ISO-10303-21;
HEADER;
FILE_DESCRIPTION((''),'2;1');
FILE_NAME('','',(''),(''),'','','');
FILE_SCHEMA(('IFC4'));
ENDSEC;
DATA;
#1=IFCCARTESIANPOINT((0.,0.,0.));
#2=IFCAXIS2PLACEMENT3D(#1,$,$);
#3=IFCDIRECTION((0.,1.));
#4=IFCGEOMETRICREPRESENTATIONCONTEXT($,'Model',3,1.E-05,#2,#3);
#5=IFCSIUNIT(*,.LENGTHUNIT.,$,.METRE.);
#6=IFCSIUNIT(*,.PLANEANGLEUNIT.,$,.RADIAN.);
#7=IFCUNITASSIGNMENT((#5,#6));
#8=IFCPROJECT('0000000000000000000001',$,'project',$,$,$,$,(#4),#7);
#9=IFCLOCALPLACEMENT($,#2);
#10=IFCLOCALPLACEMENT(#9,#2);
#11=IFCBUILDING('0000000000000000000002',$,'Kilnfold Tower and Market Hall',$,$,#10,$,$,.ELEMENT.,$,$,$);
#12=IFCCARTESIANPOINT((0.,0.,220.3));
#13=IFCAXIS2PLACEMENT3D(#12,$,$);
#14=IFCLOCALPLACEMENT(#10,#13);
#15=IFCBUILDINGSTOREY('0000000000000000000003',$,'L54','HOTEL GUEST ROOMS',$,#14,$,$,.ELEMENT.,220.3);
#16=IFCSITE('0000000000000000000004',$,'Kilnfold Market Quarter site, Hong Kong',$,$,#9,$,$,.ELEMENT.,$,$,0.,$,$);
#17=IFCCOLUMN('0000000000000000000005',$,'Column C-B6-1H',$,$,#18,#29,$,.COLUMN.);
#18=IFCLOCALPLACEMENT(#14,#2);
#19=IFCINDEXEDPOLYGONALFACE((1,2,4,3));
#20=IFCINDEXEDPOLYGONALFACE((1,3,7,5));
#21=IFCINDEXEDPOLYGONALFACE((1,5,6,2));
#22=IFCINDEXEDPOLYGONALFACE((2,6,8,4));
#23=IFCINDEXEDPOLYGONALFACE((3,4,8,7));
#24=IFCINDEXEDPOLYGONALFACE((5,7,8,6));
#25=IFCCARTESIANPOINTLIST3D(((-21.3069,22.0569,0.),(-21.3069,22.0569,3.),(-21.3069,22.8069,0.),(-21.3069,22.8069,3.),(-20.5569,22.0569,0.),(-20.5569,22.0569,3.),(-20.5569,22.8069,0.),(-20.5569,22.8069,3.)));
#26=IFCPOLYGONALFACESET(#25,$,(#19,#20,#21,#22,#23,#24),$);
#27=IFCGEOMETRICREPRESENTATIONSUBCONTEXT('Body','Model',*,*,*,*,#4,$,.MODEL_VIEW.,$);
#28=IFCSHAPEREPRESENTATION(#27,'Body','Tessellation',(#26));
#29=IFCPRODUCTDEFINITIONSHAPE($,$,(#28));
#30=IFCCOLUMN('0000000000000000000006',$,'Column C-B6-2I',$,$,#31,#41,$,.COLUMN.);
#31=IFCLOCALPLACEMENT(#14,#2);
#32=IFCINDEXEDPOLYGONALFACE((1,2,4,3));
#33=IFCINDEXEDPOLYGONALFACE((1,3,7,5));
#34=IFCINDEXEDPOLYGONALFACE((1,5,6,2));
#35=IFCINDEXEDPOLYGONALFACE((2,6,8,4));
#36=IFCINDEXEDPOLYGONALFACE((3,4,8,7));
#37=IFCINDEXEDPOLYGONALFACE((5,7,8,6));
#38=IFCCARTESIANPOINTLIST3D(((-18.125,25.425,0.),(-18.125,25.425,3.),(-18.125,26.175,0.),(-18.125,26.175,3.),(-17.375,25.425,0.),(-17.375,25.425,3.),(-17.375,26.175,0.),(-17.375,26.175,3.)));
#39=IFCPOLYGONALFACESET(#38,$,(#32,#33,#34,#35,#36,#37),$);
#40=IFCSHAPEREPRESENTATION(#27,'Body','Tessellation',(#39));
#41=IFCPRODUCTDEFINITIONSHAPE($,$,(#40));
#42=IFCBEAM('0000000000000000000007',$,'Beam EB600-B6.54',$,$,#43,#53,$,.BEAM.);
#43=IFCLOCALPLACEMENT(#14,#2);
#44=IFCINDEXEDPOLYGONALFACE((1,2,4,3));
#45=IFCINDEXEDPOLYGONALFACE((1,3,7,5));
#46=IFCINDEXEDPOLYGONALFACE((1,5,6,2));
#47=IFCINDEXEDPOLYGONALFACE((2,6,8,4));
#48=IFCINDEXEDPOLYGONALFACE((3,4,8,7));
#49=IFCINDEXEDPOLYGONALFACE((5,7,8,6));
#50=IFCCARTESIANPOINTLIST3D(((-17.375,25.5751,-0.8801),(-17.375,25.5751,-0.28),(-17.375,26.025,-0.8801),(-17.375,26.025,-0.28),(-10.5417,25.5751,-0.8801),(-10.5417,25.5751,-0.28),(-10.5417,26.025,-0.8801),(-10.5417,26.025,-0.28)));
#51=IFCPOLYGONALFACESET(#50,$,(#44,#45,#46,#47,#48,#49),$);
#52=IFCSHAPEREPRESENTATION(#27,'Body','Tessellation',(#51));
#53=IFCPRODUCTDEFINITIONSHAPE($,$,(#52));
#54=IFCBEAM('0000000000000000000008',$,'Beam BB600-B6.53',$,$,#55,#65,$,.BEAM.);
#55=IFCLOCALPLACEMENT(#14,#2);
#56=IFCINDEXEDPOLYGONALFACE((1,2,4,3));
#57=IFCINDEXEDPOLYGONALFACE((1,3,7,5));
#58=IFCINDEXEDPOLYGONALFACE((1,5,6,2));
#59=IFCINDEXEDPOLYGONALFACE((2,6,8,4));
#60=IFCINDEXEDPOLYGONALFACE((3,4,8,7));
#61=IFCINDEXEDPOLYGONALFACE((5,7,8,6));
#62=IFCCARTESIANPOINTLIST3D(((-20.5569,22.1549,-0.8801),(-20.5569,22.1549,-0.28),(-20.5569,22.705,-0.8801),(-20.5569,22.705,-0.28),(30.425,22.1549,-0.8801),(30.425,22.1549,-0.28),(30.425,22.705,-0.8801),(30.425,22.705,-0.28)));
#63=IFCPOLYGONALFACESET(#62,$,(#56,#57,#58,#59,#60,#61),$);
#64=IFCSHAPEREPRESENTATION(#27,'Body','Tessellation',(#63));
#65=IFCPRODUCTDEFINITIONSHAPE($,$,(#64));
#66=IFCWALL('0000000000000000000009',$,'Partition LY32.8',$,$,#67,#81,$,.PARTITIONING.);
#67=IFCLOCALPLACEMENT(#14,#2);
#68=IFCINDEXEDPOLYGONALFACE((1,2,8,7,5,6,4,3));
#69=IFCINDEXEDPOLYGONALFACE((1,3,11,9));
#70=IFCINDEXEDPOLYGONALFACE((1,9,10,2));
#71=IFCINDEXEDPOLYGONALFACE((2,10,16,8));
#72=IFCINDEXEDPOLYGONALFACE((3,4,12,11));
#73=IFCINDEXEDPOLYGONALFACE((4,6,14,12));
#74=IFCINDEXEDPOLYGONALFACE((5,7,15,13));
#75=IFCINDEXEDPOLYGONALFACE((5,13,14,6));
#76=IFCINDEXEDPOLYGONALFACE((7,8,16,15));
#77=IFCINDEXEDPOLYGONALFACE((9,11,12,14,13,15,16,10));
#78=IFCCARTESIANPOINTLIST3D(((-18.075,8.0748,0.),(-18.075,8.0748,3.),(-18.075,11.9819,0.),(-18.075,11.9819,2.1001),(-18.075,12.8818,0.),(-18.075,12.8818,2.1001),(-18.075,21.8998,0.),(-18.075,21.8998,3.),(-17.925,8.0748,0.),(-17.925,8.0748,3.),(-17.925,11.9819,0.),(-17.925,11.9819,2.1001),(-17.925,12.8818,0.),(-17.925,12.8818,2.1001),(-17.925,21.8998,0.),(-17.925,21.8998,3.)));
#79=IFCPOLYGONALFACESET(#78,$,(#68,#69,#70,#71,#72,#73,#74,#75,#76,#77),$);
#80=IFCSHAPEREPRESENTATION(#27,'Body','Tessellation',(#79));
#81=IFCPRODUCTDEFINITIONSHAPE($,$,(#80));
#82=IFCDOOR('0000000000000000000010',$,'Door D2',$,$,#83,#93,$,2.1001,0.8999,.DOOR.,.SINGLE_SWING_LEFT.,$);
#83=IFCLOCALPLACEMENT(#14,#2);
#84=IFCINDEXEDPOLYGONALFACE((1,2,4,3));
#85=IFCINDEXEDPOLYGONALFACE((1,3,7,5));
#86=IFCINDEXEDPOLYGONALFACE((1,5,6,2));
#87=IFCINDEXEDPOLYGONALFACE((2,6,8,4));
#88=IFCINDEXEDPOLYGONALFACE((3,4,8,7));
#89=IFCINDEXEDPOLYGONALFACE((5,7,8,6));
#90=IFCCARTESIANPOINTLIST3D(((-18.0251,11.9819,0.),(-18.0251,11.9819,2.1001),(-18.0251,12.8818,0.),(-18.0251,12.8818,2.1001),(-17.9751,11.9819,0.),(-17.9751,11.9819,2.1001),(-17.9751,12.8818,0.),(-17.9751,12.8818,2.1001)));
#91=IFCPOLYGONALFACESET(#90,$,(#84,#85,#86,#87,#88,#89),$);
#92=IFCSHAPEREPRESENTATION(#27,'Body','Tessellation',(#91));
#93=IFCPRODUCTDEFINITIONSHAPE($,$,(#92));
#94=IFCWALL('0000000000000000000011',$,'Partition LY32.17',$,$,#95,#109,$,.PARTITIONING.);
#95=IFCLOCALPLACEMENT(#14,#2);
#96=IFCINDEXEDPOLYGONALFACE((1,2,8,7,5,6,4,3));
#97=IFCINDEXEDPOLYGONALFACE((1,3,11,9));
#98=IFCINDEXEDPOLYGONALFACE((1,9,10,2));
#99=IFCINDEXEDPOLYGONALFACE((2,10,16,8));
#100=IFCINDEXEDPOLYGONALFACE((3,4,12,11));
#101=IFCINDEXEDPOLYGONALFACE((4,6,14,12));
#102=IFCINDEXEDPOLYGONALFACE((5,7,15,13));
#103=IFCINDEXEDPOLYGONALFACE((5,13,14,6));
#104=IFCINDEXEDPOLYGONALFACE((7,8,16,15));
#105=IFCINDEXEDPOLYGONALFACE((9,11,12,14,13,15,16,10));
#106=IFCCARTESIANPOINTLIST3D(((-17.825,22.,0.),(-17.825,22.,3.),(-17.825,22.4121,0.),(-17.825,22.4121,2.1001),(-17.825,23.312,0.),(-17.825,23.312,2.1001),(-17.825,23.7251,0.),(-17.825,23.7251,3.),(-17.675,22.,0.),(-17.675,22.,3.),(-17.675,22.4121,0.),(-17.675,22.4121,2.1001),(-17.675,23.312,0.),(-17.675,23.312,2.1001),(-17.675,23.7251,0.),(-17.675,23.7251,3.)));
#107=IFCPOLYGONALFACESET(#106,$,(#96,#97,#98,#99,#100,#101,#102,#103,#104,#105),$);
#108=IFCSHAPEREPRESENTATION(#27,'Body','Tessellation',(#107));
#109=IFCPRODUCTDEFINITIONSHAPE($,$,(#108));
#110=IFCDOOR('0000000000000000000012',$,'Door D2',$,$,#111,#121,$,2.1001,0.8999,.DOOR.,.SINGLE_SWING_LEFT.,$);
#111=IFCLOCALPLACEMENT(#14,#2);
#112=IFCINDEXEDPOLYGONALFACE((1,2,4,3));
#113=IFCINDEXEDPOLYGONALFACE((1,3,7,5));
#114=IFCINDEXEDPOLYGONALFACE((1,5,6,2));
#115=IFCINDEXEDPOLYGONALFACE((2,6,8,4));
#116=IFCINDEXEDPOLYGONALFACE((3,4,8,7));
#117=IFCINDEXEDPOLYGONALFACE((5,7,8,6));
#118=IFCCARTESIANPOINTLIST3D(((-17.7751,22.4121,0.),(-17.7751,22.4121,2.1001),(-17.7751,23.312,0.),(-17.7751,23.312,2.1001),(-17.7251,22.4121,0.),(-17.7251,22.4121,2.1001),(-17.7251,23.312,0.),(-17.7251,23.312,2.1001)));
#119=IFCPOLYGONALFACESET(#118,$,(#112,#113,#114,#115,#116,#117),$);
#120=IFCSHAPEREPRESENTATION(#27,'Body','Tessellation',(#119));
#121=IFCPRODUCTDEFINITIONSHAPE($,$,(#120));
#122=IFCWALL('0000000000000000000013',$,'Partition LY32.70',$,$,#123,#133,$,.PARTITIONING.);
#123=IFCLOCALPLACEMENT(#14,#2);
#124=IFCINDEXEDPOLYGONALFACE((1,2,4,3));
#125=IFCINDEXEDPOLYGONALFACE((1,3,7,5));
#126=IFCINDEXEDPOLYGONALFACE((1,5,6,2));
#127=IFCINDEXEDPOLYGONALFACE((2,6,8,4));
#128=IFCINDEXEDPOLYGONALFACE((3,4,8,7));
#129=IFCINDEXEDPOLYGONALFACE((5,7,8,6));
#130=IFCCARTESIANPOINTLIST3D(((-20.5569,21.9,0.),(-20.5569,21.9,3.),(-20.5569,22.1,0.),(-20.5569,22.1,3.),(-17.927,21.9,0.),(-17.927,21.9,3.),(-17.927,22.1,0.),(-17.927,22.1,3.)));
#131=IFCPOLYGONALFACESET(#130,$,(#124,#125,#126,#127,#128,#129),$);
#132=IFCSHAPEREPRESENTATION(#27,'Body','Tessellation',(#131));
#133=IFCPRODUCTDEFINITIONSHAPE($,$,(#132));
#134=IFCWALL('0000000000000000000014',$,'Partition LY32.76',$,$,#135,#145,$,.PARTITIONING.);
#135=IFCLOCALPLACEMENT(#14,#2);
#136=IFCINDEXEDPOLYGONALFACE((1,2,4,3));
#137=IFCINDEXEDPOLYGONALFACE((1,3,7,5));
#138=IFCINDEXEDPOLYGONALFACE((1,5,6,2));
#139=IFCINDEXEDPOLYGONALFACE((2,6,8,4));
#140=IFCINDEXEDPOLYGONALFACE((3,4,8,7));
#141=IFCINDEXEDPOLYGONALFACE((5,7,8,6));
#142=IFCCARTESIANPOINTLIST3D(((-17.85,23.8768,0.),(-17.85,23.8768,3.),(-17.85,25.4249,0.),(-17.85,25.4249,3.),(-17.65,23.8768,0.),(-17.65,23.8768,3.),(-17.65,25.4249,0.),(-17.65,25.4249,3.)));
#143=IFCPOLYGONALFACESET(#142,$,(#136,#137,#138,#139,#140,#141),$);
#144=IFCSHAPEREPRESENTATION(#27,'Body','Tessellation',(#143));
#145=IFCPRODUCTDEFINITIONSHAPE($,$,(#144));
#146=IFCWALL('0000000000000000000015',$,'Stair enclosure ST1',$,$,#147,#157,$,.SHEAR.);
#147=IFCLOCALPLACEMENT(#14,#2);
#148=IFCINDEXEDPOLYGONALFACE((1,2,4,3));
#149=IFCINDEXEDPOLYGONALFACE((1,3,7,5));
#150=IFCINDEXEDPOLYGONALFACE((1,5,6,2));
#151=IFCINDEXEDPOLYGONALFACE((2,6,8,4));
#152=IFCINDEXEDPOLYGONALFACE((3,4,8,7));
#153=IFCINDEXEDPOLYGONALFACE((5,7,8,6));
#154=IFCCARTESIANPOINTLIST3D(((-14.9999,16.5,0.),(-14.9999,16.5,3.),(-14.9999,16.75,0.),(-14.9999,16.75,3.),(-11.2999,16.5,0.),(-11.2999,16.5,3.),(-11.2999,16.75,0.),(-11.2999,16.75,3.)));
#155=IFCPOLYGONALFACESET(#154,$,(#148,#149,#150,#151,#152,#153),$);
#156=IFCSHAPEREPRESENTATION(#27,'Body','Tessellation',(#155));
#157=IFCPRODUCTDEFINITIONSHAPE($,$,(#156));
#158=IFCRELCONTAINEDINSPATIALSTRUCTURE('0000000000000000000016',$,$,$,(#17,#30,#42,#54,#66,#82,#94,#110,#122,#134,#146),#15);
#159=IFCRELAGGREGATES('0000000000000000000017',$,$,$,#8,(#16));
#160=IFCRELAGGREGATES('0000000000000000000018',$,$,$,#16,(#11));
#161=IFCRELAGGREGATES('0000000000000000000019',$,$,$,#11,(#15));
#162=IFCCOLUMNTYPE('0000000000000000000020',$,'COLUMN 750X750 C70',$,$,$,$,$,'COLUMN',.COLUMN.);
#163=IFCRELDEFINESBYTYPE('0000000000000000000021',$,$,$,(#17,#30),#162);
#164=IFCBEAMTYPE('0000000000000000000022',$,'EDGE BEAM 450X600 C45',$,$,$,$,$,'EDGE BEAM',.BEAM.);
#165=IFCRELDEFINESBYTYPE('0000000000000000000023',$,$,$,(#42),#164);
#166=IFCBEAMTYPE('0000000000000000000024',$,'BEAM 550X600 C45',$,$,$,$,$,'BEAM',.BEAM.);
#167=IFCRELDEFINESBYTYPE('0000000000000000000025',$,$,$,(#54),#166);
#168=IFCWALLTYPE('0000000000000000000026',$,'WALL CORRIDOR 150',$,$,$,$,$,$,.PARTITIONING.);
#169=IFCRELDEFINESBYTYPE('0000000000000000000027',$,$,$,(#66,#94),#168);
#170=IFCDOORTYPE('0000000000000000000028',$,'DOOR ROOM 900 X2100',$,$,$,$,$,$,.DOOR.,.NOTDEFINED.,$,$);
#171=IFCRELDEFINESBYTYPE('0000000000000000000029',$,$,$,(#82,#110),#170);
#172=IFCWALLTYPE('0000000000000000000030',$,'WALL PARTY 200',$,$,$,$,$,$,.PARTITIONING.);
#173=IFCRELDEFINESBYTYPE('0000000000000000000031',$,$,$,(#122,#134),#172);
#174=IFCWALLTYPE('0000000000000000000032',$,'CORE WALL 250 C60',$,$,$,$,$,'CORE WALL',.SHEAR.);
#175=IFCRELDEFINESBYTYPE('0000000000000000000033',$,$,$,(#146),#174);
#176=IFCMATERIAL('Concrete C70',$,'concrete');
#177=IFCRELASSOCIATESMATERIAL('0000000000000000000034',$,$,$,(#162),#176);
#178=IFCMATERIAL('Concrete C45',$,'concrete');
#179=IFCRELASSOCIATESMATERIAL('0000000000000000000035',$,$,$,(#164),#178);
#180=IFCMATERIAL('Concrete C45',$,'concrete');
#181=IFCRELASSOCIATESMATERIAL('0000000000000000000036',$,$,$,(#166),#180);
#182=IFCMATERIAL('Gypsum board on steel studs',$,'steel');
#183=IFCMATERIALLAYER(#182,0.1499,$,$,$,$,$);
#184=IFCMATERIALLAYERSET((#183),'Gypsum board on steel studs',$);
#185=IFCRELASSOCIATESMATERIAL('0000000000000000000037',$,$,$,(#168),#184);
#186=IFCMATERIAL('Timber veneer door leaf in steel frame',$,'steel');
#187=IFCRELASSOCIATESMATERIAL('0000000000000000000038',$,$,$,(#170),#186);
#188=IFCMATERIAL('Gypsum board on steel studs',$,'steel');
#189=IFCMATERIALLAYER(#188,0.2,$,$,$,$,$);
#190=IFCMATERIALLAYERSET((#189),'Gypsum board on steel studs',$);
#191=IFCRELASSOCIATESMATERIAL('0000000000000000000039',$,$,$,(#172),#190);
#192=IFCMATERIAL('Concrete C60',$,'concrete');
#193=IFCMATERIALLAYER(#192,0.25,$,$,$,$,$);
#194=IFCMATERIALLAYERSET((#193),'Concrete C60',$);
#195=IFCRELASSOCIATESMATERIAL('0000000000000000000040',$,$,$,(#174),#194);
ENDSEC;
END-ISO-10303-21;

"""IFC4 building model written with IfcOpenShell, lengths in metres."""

from ifc_helpers import new_model, si_unit, direction, frame, frame_2d, origin, origin_2d, place, context, subcontext, project, spatial, rectangle, extrude, source, transform, mapped, material, layer, layer_set, material_profile, profile_set, type_object, element, fill, save


model = new_model("IFC4")

# Units and contexts
model_context = context("Model", 3, precision=1e-05, world=origin(), true_north=direction((0.0, 1.0)))
body_context = subcontext(model_context, "Body", "Model", "MODEL_VIEW")
ifc_project = project(units=[si_unit("LENGTHUNIT", "METRE"), si_unit("PLANEANGLEUNIT", "RADIAN")], contexts=[model_context])

# Site, building, storey
site_placement = place(None, origin())
site = spatial("IfcSite", under=ifc_project, at=site_placement, Name="Kilnfold Market Quarter site, Hong Kong", CompositionType="ELEMENT", RefElevation=0.0)
building_placement = place(site_placement, origin())
building = spatial("IfcBuilding", under=site, at=building_placement, Name="Kilnfold Tower and Market Hall", CompositionType="ELEMENT")
storey_placement = place(building_placement, frame((0.0, 0.0, 220.3)))
storey = spatial("IfcBuildingStorey", under=building, at=storey_placement, Name="L54", Description="HOTEL GUEST ROOMS", CompositionType="ELEMENT", Elevation=220.3)

# Columns
ifc_material_1 = material(Name="Concrete C70", Category="concrete")
ifc_material_profile_1 = material_profile(ifc_material_1, rectangle(XDim=0.75, YDim=0.75, at=origin_2d()), Name="RC 750x750")
ifc_profile_set_1 = profile_set([ifc_material_profile_1], Name="Concrete C70")
column_type = type_object("IfcColumnType", Name="COLUMN 750X750 C70", ElementType="COLUMN", PredefinedType="COLUMN", material=ifc_profile_set_1)
shared_shape_1 = source(origin(), body_context, "Body", "SweptSolid", [
    extrude(rectangle(XDim=0.75, YDim=0.75, at=origin_2d()), origin(), (0.0, 0.0, 1.0), 3.0),
])
for number, where, z_axis, x_axis, name in (
    (1, (-20.9319, 22.4319, 0.0), (0.0, 0.0, 1.0), (1.0, 0.0, 0.0), "Column C-B6-1H"),
    (2, (-17.75, 25.8, 0.0), (0.0, 0.0, 1.0), (1.0, 0.0, 0.0), "Column C-B6-2I"),
):
    element("IfcColumn", number, at=place(storey_placement, frame(where, z_axis=z_axis, x_axis=x_axis)), inside=storey, type_object=column_type, Name=name, PredefinedType="COLUMN", context=body_context, shape_type="MappedRepresentation", body=[
        mapped(shared_shape_1, transform((0.0, 0.0, 0.0))),
    ])

# Beams
ifc_material_2 = material(Name="Concrete C45", Category="concrete")
ifc_material_profile_2 = material_profile(ifc_material_2, rectangle(XDim=0.45, YDim=0.6001, at=origin_2d()), Name="RC 450x600")
ifc_profile_set_2 = profile_set([ifc_material_profile_2], Name="Concrete C45")
beam_type_1 = type_object("IfcBeamType", Name="EDGE BEAM 450X600 C45", ElementType="EDGE BEAM", PredefinedType="BEAM", material=ifc_profile_set_2)
shared_shape_2 = source(origin(), body_context, "Body", "SweptSolid", [
    extrude(rectangle(XDim=0.45, YDim=0.6001, at=origin_2d()), origin(), (0.0, 0.0, 1.0), 6.8333),
])
beam_1_placement = place(storey_placement, frame((-17.375, 25.8, -0.5801), z_axis=(1.0, 0.0, 0.0), x_axis=(0.0, 1.0, 0.0)))
element("IfcBeam", 3, at=beam_1_placement, inside=storey, type_object=beam_type_1, Name="Beam EB600-B6.54", PredefinedType="BEAM", context=body_context, shape_type="MappedRepresentation", body=[
    mapped(shared_shape_2, transform((0.0, 0.0, 0.0))),
])
ifc_material_3 = material(Name="Concrete C45", Category="concrete")
ifc_material_profile_3 = material_profile(ifc_material_3, rectangle(XDim=0.55, YDim=0.6001, at=origin_2d()), Name="RC 550x600")
ifc_profile_set_3 = profile_set([ifc_material_profile_3], Name="Concrete C45")
beam_type_2 = type_object("IfcBeamType", Name="BEAM 550X600 C45", ElementType="BEAM", PredefinedType="BEAM", material=ifc_profile_set_3)
shared_shape_3 = source(origin(), body_context, "Body", "SweptSolid", [
    extrude(rectangle(XDim=0.55, YDim=0.6001, at=origin_2d()), origin(), (0.0, 0.0, 1.0), 50.9819),
])
beam_2_placement = place(storey_placement, frame((-20.5569, 22.4299, -0.5801), z_axis=(1.0, 0.0, 0.0), x_axis=(0.0, 1.0, 0.0)))
element("IfcBeam", 4, at=beam_2_placement, inside=storey, type_object=beam_type_2, Name="Beam BB600-B6.53", PredefinedType="BEAM", context=body_context, shape_type="MappedRepresentation", body=[
    mapped(shared_shape_3, transform((0.0, 0.0, 0.0))),
])

# Walls, openings, doors
ifc_material_4 = material(Name="Gypsum board on steel studs", Category="steel")
ifc_layer_1 = layer(ifc_material_4, 0.1499)
ifc_layer_set_1 = layer_set([ifc_layer_1], Name="Gypsum board on steel studs")
wall_type_1 = type_object("IfcWallType", Name="WALL CORRIDOR 150", PredefinedType="PARTITIONING", material=ifc_layer_set_1)
wall_1_placement = place(storey_placement, frame((-18.0, 21.8999, 0.0), z_axis=(0.0, 0.0, 1.0), x_axis=(0.0, -1.0, 0.0)))
wall_1 = element("IfcWall", 5, at=wall_1_placement, inside=storey, type_object=wall_type_1, Name="Partition LY32.8", PredefinedType="PARTITIONING", context=body_context, shape_type="SweptSolid", body=[
    extrude(rectangle(XDim=13.825, YDim=0.1499, at=frame_2d((6.9126, 0.0))), origin(), (0.0, 0.0, 1.0), 3.0),
])
opening_1_placement = place(wall_1_placement, frame((9.0181, 0.0, 0.0)))
opening_1 = element("IfcOpeningElement", 6, at=opening_1_placement, cuts=wall_1, PredefinedType="OPENING", context=body_context, shape_type="SweptSolid", body=[
    extrude(rectangle(XDim=0.8999, YDim=2.1001, at=frame_2d((0.45, 1.05))), frame((0.0, 0.085, 0.0), z_axis=(0.0, -1.0, 0.0), x_axis=(1.0, 0.0, 0.0)), (0.0, 0.0, 1.0), 0.1699),
])
ifc_material_5 = material(Name="Timber veneer door leaf in steel frame", Category="steel")
door_type_1 = type_object("IfcDoorType", Name="DOOR ROOM 900 X2100", OperationType="NOTDEFINED", PredefinedType="DOOR", material=ifc_material_5)
door_1_placement = place(opening_1_placement, origin())
door_1 = element("IfcDoor", 7, at=door_1_placement, inside=storey, type_object=door_type_1, Name="Door D2", OperationType="SINGLE_SWING_LEFT", OverallHeight=2.1001, OverallWidth=0.8999, PredefinedType="DOOR", context=body_context, shape_type="SweptSolid", body=[
    extrude(rectangle(XDim=0.8999, YDim=2.1001, at=frame_2d((0.45, 1.05))), frame((0.0, 0.0249, 0.0), z_axis=(0.0, -1.0, 0.0), x_axis=(1.0, 0.0, 0.0)), (0.0, 0.0, 1.0), 0.05),
])
fill(opening_1, door_1)
wall_2_placement = place(storey_placement, frame((-17.75, 23.7251, 0.0), z_axis=(0.0, 0.0, 1.0), x_axis=(0.0, -1.0, 0.0)))
wall_2 = element("IfcWall", 8, at=wall_2_placement, inside=storey, type_object=wall_type_1, Name="Partition LY32.17", PredefinedType="PARTITIONING", context=body_context, shape_type="SweptSolid", body=[
    extrude(rectangle(XDim=1.7251, YDim=0.1499, at=frame_2d((0.8625, 0.0))), origin(), (0.0, 0.0, 1.0), 3.0),
])
opening_2_placement = place(wall_2_placement, frame((0.4131, 0.0, 0.0)))
opening_2 = element("IfcOpeningElement", 9, at=opening_2_placement, cuts=wall_2, PredefinedType="OPENING", context=body_context, shape_type="SweptSolid", body=[
    extrude(rectangle(XDim=0.8999, YDim=2.1001, at=frame_2d((0.45, 1.05))), frame((0.0, 0.085, 0.0), z_axis=(0.0, -1.0, 0.0), x_axis=(1.0, 0.0, 0.0)), (0.0, 0.0, 1.0), 0.1699),
])
door_2_placement = place(opening_2_placement, origin())
door_2 = element("IfcDoor", 10, at=door_2_placement, inside=storey, type_object=door_type_1, Name="Door D2", OperationType="SINGLE_SWING_LEFT", OverallHeight=2.1001, OverallWidth=0.8999, PredefinedType="DOOR", context=body_context, shape_type="SweptSolid", body=[
    extrude(rectangle(XDim=0.8999, YDim=2.1001, at=frame_2d((0.45, 1.05))), frame((0.0, 0.0249, 0.0), z_axis=(0.0, -1.0, 0.0), x_axis=(1.0, 0.0, 0.0)), (0.0, 0.0, 1.0), 0.05),
])
fill(opening_2, door_2)

# Walls
ifc_material_6 = material(Name="Gypsum board on steel studs", Category="steel")
ifc_layer_2 = layer(ifc_material_6, 0.2)
ifc_layer_set_2 = layer_set([ifc_layer_2], Name="Gypsum board on steel studs")
wall_type_2 = type_object("IfcWallType", Name="WALL PARTY 200", PredefinedType="PARTITIONING", material=ifc_layer_set_2)
wall_3_placement = place(storey_placement, frame((-20.5569, 22.0, 0.0), z_axis=(0.0, 0.0, 1.0), x_axis=(1.0, 0.0, 0.0)))
element("IfcWall", 11, at=wall_3_placement, inside=storey, type_object=wall_type_2, Name="Partition LY32.70", PredefinedType="PARTITIONING", context=body_context, shape_type="SweptSolid", body=[
    extrude(rectangle(XDim=2.6299, YDim=0.2, at=frame_2d((1.3149, 0.0))), origin(), (0.0, 0.0, 1.0), 3.0),
])
wall_4_placement = place(storey_placement, frame((-17.75, 23.877, 0.0), z_axis=(0.0, 0.0, 1.0), x_axis=(0.0, 1.0, 0.0)))
element("IfcWall", 12, at=wall_4_placement, inside=storey, type_object=wall_type_2, Name="Partition LY32.76", PredefinedType="PARTITIONING", context=body_context, shape_type="SweptSolid", body=[
    extrude(rectangle(XDim=1.5481, YDim=0.2, at=frame_2d((0.7739, 0.0))), origin(), (0.0, 0.0, 1.0), 3.0),
])
ifc_material_7 = material(Name="Concrete C60", Category="concrete")
ifc_layer_3 = layer(ifc_material_7, 0.25)
ifc_layer_set_3 = layer_set([ifc_layer_3], Name="Concrete C60")
wall_type_3 = type_object("IfcWallType", Name="CORE WALL 250 C60", ElementType="CORE WALL", PredefinedType="SHEAR", material=ifc_layer_set_3)
shared_shape_4 = source(origin(), body_context, "Body", "SweptSolid", [
    extrude(rectangle(XDim=3.7, YDim=0.25, at=frame_2d((1.8501, 0.0))), origin(), (0.0, 0.0, 1.0), 3.0),
])
wall_5_placement = place(storey_placement, frame((-15.0, 16.625, 0.0), z_axis=(0.0, 0.0, 1.0), x_axis=(1.0, 0.0, 0.0)))
element("IfcWall", 13, at=wall_5_placement, inside=storey, type_object=wall_type_3, Name="Stair enclosure ST1", PredefinedType="SHEAR", context=body_context, shape_type="MappedRepresentation", body=[
    mapped(shared_shape_4, transform((0.0, 0.0, 0.0))),
])

save(model, "model.ifc")
